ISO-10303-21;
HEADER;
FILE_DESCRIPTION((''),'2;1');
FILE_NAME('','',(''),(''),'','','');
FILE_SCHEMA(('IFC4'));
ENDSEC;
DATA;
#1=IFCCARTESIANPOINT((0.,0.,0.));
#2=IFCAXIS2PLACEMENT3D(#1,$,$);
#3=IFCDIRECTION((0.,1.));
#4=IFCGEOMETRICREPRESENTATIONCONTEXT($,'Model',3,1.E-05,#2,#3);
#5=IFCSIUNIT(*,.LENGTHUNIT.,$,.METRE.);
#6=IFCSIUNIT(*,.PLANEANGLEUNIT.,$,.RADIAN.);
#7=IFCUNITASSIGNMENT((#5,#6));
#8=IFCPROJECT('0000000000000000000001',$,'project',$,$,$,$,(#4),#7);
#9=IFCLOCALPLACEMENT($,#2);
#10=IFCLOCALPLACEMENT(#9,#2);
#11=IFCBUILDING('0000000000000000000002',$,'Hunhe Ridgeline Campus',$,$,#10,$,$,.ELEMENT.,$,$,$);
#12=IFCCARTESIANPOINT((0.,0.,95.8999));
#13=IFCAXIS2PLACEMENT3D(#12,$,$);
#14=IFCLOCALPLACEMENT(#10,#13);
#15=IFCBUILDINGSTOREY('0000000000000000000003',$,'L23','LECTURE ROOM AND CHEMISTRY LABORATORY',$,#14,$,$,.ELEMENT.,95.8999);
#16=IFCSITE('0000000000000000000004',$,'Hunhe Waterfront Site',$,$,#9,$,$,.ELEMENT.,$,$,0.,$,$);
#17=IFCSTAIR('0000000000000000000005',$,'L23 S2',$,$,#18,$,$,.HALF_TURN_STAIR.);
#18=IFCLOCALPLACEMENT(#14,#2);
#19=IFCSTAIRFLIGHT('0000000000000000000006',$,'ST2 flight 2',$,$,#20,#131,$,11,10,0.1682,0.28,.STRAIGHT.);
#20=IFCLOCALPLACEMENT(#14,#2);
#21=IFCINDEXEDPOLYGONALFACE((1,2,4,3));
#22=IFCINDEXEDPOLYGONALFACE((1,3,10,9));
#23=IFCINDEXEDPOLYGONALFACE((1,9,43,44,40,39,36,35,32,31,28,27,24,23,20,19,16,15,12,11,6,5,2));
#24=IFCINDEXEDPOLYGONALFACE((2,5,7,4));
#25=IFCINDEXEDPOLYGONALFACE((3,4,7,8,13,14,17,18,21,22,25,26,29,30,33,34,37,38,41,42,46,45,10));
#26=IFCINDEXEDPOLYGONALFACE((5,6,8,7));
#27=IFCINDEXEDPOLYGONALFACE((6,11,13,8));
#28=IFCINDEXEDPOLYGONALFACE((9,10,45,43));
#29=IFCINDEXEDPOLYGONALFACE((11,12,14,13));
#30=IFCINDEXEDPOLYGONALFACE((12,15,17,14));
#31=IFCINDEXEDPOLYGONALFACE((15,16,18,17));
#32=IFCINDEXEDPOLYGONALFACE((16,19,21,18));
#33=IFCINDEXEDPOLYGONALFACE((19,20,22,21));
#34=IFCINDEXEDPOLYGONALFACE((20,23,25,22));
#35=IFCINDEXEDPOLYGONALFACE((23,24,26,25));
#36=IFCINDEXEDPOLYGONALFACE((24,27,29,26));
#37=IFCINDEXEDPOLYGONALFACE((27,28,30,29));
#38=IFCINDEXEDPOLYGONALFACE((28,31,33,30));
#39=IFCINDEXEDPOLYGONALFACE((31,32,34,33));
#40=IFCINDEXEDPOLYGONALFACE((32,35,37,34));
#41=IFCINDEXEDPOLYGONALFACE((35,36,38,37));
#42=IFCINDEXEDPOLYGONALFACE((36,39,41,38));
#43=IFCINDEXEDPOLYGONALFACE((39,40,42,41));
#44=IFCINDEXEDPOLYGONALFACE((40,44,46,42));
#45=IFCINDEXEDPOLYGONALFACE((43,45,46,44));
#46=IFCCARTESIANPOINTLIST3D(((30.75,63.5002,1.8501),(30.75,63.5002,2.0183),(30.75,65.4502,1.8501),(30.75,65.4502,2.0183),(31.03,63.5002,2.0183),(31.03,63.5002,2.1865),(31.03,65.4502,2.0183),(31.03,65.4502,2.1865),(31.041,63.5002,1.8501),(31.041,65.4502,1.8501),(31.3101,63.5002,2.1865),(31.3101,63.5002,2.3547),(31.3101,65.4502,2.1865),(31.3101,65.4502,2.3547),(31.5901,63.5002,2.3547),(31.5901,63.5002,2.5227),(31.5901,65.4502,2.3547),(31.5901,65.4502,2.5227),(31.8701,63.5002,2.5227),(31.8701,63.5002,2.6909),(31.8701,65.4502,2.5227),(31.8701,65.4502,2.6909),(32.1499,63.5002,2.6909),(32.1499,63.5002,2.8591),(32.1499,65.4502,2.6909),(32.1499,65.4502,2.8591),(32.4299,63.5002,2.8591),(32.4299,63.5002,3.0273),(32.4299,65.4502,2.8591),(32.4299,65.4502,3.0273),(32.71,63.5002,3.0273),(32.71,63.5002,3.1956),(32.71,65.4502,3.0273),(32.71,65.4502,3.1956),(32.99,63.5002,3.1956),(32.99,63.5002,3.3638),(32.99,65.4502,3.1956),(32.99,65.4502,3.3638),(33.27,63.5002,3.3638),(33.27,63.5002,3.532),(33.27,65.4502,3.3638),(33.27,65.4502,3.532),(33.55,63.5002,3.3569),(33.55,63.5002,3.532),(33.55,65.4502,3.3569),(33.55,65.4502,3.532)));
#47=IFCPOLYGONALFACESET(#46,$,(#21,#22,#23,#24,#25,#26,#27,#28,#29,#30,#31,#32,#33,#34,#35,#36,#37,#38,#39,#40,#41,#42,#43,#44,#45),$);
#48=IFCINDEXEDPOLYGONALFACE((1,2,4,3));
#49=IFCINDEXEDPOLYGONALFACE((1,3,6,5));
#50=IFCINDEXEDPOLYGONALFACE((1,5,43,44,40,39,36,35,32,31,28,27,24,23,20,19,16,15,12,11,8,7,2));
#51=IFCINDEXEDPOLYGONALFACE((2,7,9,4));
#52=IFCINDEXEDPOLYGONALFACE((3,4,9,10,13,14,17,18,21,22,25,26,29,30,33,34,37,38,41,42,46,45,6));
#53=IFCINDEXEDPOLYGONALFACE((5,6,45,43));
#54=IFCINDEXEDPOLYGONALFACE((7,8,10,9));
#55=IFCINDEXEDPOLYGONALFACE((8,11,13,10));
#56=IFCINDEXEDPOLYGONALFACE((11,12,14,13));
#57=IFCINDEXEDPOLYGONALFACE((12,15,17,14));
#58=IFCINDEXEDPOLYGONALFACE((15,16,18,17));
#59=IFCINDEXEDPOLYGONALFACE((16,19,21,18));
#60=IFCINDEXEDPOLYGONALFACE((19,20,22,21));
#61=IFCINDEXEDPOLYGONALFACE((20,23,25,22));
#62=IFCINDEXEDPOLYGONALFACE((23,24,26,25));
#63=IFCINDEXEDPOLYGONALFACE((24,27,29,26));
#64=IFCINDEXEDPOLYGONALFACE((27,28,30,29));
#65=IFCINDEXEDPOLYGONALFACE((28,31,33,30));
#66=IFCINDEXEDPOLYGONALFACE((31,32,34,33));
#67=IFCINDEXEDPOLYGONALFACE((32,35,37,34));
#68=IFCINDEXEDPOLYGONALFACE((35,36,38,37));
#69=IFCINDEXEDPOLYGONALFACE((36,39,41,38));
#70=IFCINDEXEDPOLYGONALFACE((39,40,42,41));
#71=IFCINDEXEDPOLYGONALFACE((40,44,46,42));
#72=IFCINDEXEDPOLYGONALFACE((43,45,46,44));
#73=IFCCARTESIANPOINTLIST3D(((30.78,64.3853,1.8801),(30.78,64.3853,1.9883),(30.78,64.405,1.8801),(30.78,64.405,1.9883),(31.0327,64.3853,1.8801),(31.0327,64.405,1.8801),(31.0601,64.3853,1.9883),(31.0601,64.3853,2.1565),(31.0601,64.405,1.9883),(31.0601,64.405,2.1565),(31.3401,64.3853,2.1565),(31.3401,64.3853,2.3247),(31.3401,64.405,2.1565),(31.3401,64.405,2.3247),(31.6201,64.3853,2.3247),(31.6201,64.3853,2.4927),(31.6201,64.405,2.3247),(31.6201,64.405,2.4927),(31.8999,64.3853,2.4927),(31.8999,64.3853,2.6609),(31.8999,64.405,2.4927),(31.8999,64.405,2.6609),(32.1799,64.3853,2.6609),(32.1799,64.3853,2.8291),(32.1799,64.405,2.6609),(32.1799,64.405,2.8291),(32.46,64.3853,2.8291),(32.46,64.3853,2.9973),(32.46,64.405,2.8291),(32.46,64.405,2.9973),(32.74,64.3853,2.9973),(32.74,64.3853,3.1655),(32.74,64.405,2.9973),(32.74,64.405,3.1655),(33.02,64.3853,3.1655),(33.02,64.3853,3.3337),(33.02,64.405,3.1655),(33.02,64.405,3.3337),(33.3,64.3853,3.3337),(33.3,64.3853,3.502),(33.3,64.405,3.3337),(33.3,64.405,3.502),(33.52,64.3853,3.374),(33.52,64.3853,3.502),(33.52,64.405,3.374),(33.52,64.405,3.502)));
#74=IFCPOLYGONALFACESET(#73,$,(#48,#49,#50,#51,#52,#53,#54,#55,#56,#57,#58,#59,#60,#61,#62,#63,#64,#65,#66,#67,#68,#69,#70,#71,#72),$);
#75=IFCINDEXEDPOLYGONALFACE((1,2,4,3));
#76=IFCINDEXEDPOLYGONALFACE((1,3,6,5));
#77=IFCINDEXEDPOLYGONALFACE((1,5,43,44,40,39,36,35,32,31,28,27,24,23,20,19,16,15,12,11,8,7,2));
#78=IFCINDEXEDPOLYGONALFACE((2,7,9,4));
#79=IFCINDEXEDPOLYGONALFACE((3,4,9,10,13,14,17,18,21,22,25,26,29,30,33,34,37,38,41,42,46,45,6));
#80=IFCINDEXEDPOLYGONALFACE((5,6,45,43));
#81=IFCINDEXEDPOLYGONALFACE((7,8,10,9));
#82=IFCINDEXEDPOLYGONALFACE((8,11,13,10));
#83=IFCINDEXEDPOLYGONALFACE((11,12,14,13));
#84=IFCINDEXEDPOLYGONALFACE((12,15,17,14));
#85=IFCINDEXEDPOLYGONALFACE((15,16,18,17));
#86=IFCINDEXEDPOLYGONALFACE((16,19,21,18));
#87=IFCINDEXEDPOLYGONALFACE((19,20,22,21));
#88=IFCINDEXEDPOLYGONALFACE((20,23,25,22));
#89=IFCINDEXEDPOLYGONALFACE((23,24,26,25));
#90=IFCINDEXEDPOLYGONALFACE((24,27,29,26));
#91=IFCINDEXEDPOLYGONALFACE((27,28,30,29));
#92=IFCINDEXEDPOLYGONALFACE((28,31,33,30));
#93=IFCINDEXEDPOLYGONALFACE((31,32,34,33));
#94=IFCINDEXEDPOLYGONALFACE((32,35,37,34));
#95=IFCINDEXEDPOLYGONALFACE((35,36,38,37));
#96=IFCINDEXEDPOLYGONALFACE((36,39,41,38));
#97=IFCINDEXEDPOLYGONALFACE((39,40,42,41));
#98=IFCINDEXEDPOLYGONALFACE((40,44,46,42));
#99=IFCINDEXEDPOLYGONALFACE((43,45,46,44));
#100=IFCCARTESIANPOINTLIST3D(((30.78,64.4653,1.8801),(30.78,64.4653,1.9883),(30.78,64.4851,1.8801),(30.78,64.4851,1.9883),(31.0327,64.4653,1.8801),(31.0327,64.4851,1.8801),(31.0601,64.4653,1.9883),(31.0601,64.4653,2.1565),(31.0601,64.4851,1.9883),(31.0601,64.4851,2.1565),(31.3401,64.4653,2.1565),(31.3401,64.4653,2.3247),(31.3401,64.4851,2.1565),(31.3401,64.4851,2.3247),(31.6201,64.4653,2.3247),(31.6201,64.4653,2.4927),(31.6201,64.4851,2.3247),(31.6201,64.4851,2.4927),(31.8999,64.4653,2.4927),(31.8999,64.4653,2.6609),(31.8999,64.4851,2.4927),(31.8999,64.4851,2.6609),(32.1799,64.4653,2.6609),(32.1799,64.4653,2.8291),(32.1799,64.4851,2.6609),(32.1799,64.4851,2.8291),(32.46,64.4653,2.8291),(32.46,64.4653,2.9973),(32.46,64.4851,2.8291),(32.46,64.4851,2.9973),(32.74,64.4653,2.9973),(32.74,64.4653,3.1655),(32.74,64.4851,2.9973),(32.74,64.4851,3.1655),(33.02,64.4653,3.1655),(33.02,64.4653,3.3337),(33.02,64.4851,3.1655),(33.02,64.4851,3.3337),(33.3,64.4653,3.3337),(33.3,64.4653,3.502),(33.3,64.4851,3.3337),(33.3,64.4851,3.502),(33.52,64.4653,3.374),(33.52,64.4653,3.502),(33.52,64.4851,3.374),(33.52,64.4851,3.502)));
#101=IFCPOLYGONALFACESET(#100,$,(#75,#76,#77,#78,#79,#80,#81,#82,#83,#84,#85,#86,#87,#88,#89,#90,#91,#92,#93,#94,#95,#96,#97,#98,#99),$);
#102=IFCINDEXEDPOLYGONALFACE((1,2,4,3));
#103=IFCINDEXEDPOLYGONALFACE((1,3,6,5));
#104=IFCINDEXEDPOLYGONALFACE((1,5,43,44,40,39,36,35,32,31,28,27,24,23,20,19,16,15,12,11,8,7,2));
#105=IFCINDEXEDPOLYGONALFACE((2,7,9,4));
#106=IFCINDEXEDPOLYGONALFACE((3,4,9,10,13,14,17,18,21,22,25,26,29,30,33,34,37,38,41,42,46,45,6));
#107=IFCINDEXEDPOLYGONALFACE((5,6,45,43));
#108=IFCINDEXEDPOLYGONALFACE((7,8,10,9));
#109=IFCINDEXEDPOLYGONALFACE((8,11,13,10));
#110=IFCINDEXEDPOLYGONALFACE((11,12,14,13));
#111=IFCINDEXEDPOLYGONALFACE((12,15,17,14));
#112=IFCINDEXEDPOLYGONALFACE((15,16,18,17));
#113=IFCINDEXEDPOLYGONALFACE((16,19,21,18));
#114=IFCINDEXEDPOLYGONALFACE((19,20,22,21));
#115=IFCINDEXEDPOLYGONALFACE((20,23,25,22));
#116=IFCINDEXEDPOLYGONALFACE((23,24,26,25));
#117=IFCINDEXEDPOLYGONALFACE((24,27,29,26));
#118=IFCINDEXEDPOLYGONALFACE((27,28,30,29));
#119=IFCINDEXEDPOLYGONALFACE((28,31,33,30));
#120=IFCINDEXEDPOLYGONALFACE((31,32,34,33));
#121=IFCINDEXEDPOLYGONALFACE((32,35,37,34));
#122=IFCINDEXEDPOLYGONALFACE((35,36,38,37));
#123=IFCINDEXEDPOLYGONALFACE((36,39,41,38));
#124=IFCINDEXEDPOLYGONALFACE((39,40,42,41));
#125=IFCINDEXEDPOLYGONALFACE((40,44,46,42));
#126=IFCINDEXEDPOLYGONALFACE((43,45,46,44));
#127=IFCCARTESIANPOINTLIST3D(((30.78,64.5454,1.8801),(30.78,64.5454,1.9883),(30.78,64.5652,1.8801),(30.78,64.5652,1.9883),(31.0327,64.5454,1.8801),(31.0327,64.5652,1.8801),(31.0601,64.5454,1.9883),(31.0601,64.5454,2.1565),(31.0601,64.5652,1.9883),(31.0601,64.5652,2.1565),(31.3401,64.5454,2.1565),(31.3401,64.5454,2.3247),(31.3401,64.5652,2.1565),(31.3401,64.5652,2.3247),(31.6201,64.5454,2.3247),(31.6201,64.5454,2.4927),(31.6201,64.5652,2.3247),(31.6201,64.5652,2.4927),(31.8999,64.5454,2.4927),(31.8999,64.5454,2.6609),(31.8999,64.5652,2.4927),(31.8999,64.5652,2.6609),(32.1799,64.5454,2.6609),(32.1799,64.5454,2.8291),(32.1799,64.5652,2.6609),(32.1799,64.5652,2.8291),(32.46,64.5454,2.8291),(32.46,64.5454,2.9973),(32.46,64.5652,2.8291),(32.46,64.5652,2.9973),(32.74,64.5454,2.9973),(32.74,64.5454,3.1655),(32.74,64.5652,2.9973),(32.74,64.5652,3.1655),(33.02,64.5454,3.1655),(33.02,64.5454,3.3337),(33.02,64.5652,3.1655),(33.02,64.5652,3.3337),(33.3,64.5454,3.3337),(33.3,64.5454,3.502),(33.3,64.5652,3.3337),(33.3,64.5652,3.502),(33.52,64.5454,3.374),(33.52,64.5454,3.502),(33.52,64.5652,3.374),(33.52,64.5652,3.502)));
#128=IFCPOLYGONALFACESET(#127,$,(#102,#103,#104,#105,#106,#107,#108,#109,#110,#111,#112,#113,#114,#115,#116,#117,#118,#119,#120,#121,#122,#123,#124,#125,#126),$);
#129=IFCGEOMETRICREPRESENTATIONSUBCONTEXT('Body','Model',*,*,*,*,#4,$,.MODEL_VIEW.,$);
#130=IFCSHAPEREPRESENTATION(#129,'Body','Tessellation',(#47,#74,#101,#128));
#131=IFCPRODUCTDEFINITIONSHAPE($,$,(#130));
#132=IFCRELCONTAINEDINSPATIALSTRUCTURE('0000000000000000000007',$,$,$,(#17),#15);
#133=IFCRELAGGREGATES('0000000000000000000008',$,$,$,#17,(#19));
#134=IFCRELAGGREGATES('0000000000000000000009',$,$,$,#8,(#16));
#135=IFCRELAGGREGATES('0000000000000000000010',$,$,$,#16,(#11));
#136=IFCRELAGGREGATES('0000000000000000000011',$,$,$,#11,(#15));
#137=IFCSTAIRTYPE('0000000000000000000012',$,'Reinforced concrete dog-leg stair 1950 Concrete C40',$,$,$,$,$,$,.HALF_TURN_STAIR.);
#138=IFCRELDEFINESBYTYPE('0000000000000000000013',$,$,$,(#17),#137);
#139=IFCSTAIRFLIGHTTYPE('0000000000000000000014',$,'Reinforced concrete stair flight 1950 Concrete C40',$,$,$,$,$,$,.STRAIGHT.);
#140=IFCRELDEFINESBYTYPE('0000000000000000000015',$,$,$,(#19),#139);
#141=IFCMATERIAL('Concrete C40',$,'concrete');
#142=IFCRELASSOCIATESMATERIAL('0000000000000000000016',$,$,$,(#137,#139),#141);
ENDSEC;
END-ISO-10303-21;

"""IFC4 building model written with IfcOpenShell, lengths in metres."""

from ifc_helpers import new_model, si_unit, direction, frame, origin, place, context, subcontext, project, spatial, polyline, outline, extrude, material, type_object, element, aggregate, save


model = new_model("IFC4")

# Units and contexts
model_context = context("Model", 3, precision=1e-05, world=origin(), true_north=direction((0.0, 1.0)))
body_context = subcontext(model_context, "Body", "Model", "MODEL_VIEW")
ifc_project = project(units=[si_unit("LENGTHUNIT", "METRE"), si_unit("PLANEANGLEUNIT", "RADIAN")], contexts=[model_context])

# Site, building, storey
site_placement = place(None, origin())
site = spatial("IfcSite", under=ifc_project, at=site_placement, Name="Hunhe Waterfront Site", CompositionType="ELEMENT", RefElevation=0.0)
building_placement = place(site_placement, origin())
building = spatial("IfcBuilding", under=site, at=building_placement, Name="Hunhe Ridgeline Campus", CompositionType="ELEMENT")
storey_placement = place(building_placement, frame((0.0, 0.0, 95.8999)))
storey = spatial("IfcBuildingStorey", under=building, at=storey_placement, Name="L23", Description="LECTURE ROOM AND CHEMISTRY LABORATORY", CompositionType="ELEMENT", Elevation=95.8999)

# Stair, stair flight
ifc_material_1 = material(Name="Concrete C40", Category="concrete")
stair_type = type_object("IfcStairType", Name="Reinforced concrete dog-leg stair 1950 Concrete C40", PredefinedType="HALF_TURN_STAIR", material=ifc_material_1)
stair_placement = place(storey_placement, origin())
stair = element("IfcStair", 1, at=stair_placement, inside=storey, type_object=stair_type, Name="L23 S2", PredefinedType="HALF_TURN_STAIR")
stair_flight_type = type_object("IfcStairFlightType", Name="Reinforced concrete stair flight 1950 Concrete C40", PredefinedType="STRAIGHT", material=ifc_material_1)
stair_flight_1_placement = place(storey_placement, frame((30.75, 64.4751, 1.8501), z_axis=(0.0, 0.0, 1.0), x_axis=(1.0, 0.0, 0.0)))
stair_flight_1 = element("IfcStairFlight", 2, at=stair_flight_1_placement, type_object=stair_flight_type, Name="ST2 flight 2", NumberOfRisers=11, NumberOfTreads=10, PredefinedType="STRAIGHT", RiserHeight=0.1682, TreadLength=0.28, context=body_context, shape_type="SweptSolid", body=[
    extrude(outline(polyline([(0.0, 0.0), (0.0, 0.1682), (0.28, 0.1682), (0.28, 0.3364), (0.5601, 0.3364), (0.5601, 0.5046), (0.8401, 0.5046), (0.8401, 0.6726), (1.1201, 0.6726), (1.1201, 0.8408), (1.3999, 0.8408), (1.3999, 1.009), (1.6799, 1.009), (1.6799, 1.1772), (1.96, 1.1772), (1.96, 1.3455), (2.24, 1.3455), (2.24, 1.5137), (2.52, 1.5137), (2.52, 1.6819), (2.8, 1.6819), (2.8, 1.8501), (2.8, 1.5068), (0.291, 0.0), (0.0, 0.0)])), frame((0.0, 0.9751, 0.0), z_axis=(0.0, -1.0, 0.0), x_axis=(1.0, 0.0, 0.0)), (0.0, 0.0, 1.0), 1.95),
    extrude(outline(polyline([(0.03, 0.03), (0.03, 0.1382), (0.3101, 0.1382), (0.3101, 0.3064), (0.5901, 0.3064), (0.5901, 0.4746), (0.8701, 0.4746), (0.8701, 0.6426), (1.1499, 0.6426), (1.1499, 0.8108), (1.4299, 0.8108), (1.4299, 0.979), (1.71, 0.979), (1.71, 1.1472), (1.99, 1.1472), (1.99, 1.3154), (2.27, 1.3154), (2.27, 1.4836), (2.55, 1.4836), (2.55, 1.6519), (2.77, 1.6519), (2.77, 1.5239), (0.2827, 0.03), (0.03, 0.03)])), frame((0.0, -0.0701, 0.0), z_axis=(0.0, -1.0, 0.0), x_axis=(1.0, 0.0, 0.0)), (0.0, 0.0, 1.0), 0.0198),
    extrude(outline(polyline([(0.03, 0.03), (0.03, 0.1382), (0.3101, 0.1382), (0.3101, 0.3064), (0.5901, 0.3064), (0.5901, 0.4746), (0.8701, 0.4746), (0.8701, 0.6426), (1.1499, 0.6426), (1.1499, 0.8108), (1.4299, 0.8108), (1.4299, 0.979), (1.71, 0.979), (1.71, 1.1472), (1.99, 1.1472), (1.99, 1.3154), (2.27, 1.3154), (2.27, 1.4836), (2.55, 1.4836), (2.55, 1.6519), (2.77, 1.6519), (2.77, 1.5239), (0.2827, 0.03), (0.03, 0.03)])), frame((0.0, 0.01, 0.0), z_axis=(0.0, -1.0, 0.0), x_axis=(1.0, 0.0, 0.0)), (0.0, 0.0, 1.0), 0.0198),
    extrude(outline(polyline([(0.03, 0.03), (0.03, 0.1382), (0.3101, 0.1382), (0.3101, 0.3064), (0.5901, 0.3064), (0.5901, 0.4746), (0.8701, 0.4746), (0.8701, 0.6426), (1.1499, 0.6426), (1.1499, 0.8108), (1.4299, 0.8108), (1.4299, 0.979), (1.71, 0.979), (1.71, 1.1472), (1.99, 1.1472), (1.99, 1.3154), (2.27, 1.3154), (2.27, 1.4836), (2.55, 1.4836), (2.55, 1.6519), (2.77, 1.6519), (2.77, 1.5239), (0.2827, 0.03), (0.03, 0.03)])), frame((0.0, 0.0901, 0.0), z_axis=(0.0, -1.0, 0.0), x_axis=(1.0, 0.0, 0.0)), (0.0, 0.0, 1.0), 0.0198),
])
aggregate(stair, [stair_flight_1])

save(model, "model.ifc")
